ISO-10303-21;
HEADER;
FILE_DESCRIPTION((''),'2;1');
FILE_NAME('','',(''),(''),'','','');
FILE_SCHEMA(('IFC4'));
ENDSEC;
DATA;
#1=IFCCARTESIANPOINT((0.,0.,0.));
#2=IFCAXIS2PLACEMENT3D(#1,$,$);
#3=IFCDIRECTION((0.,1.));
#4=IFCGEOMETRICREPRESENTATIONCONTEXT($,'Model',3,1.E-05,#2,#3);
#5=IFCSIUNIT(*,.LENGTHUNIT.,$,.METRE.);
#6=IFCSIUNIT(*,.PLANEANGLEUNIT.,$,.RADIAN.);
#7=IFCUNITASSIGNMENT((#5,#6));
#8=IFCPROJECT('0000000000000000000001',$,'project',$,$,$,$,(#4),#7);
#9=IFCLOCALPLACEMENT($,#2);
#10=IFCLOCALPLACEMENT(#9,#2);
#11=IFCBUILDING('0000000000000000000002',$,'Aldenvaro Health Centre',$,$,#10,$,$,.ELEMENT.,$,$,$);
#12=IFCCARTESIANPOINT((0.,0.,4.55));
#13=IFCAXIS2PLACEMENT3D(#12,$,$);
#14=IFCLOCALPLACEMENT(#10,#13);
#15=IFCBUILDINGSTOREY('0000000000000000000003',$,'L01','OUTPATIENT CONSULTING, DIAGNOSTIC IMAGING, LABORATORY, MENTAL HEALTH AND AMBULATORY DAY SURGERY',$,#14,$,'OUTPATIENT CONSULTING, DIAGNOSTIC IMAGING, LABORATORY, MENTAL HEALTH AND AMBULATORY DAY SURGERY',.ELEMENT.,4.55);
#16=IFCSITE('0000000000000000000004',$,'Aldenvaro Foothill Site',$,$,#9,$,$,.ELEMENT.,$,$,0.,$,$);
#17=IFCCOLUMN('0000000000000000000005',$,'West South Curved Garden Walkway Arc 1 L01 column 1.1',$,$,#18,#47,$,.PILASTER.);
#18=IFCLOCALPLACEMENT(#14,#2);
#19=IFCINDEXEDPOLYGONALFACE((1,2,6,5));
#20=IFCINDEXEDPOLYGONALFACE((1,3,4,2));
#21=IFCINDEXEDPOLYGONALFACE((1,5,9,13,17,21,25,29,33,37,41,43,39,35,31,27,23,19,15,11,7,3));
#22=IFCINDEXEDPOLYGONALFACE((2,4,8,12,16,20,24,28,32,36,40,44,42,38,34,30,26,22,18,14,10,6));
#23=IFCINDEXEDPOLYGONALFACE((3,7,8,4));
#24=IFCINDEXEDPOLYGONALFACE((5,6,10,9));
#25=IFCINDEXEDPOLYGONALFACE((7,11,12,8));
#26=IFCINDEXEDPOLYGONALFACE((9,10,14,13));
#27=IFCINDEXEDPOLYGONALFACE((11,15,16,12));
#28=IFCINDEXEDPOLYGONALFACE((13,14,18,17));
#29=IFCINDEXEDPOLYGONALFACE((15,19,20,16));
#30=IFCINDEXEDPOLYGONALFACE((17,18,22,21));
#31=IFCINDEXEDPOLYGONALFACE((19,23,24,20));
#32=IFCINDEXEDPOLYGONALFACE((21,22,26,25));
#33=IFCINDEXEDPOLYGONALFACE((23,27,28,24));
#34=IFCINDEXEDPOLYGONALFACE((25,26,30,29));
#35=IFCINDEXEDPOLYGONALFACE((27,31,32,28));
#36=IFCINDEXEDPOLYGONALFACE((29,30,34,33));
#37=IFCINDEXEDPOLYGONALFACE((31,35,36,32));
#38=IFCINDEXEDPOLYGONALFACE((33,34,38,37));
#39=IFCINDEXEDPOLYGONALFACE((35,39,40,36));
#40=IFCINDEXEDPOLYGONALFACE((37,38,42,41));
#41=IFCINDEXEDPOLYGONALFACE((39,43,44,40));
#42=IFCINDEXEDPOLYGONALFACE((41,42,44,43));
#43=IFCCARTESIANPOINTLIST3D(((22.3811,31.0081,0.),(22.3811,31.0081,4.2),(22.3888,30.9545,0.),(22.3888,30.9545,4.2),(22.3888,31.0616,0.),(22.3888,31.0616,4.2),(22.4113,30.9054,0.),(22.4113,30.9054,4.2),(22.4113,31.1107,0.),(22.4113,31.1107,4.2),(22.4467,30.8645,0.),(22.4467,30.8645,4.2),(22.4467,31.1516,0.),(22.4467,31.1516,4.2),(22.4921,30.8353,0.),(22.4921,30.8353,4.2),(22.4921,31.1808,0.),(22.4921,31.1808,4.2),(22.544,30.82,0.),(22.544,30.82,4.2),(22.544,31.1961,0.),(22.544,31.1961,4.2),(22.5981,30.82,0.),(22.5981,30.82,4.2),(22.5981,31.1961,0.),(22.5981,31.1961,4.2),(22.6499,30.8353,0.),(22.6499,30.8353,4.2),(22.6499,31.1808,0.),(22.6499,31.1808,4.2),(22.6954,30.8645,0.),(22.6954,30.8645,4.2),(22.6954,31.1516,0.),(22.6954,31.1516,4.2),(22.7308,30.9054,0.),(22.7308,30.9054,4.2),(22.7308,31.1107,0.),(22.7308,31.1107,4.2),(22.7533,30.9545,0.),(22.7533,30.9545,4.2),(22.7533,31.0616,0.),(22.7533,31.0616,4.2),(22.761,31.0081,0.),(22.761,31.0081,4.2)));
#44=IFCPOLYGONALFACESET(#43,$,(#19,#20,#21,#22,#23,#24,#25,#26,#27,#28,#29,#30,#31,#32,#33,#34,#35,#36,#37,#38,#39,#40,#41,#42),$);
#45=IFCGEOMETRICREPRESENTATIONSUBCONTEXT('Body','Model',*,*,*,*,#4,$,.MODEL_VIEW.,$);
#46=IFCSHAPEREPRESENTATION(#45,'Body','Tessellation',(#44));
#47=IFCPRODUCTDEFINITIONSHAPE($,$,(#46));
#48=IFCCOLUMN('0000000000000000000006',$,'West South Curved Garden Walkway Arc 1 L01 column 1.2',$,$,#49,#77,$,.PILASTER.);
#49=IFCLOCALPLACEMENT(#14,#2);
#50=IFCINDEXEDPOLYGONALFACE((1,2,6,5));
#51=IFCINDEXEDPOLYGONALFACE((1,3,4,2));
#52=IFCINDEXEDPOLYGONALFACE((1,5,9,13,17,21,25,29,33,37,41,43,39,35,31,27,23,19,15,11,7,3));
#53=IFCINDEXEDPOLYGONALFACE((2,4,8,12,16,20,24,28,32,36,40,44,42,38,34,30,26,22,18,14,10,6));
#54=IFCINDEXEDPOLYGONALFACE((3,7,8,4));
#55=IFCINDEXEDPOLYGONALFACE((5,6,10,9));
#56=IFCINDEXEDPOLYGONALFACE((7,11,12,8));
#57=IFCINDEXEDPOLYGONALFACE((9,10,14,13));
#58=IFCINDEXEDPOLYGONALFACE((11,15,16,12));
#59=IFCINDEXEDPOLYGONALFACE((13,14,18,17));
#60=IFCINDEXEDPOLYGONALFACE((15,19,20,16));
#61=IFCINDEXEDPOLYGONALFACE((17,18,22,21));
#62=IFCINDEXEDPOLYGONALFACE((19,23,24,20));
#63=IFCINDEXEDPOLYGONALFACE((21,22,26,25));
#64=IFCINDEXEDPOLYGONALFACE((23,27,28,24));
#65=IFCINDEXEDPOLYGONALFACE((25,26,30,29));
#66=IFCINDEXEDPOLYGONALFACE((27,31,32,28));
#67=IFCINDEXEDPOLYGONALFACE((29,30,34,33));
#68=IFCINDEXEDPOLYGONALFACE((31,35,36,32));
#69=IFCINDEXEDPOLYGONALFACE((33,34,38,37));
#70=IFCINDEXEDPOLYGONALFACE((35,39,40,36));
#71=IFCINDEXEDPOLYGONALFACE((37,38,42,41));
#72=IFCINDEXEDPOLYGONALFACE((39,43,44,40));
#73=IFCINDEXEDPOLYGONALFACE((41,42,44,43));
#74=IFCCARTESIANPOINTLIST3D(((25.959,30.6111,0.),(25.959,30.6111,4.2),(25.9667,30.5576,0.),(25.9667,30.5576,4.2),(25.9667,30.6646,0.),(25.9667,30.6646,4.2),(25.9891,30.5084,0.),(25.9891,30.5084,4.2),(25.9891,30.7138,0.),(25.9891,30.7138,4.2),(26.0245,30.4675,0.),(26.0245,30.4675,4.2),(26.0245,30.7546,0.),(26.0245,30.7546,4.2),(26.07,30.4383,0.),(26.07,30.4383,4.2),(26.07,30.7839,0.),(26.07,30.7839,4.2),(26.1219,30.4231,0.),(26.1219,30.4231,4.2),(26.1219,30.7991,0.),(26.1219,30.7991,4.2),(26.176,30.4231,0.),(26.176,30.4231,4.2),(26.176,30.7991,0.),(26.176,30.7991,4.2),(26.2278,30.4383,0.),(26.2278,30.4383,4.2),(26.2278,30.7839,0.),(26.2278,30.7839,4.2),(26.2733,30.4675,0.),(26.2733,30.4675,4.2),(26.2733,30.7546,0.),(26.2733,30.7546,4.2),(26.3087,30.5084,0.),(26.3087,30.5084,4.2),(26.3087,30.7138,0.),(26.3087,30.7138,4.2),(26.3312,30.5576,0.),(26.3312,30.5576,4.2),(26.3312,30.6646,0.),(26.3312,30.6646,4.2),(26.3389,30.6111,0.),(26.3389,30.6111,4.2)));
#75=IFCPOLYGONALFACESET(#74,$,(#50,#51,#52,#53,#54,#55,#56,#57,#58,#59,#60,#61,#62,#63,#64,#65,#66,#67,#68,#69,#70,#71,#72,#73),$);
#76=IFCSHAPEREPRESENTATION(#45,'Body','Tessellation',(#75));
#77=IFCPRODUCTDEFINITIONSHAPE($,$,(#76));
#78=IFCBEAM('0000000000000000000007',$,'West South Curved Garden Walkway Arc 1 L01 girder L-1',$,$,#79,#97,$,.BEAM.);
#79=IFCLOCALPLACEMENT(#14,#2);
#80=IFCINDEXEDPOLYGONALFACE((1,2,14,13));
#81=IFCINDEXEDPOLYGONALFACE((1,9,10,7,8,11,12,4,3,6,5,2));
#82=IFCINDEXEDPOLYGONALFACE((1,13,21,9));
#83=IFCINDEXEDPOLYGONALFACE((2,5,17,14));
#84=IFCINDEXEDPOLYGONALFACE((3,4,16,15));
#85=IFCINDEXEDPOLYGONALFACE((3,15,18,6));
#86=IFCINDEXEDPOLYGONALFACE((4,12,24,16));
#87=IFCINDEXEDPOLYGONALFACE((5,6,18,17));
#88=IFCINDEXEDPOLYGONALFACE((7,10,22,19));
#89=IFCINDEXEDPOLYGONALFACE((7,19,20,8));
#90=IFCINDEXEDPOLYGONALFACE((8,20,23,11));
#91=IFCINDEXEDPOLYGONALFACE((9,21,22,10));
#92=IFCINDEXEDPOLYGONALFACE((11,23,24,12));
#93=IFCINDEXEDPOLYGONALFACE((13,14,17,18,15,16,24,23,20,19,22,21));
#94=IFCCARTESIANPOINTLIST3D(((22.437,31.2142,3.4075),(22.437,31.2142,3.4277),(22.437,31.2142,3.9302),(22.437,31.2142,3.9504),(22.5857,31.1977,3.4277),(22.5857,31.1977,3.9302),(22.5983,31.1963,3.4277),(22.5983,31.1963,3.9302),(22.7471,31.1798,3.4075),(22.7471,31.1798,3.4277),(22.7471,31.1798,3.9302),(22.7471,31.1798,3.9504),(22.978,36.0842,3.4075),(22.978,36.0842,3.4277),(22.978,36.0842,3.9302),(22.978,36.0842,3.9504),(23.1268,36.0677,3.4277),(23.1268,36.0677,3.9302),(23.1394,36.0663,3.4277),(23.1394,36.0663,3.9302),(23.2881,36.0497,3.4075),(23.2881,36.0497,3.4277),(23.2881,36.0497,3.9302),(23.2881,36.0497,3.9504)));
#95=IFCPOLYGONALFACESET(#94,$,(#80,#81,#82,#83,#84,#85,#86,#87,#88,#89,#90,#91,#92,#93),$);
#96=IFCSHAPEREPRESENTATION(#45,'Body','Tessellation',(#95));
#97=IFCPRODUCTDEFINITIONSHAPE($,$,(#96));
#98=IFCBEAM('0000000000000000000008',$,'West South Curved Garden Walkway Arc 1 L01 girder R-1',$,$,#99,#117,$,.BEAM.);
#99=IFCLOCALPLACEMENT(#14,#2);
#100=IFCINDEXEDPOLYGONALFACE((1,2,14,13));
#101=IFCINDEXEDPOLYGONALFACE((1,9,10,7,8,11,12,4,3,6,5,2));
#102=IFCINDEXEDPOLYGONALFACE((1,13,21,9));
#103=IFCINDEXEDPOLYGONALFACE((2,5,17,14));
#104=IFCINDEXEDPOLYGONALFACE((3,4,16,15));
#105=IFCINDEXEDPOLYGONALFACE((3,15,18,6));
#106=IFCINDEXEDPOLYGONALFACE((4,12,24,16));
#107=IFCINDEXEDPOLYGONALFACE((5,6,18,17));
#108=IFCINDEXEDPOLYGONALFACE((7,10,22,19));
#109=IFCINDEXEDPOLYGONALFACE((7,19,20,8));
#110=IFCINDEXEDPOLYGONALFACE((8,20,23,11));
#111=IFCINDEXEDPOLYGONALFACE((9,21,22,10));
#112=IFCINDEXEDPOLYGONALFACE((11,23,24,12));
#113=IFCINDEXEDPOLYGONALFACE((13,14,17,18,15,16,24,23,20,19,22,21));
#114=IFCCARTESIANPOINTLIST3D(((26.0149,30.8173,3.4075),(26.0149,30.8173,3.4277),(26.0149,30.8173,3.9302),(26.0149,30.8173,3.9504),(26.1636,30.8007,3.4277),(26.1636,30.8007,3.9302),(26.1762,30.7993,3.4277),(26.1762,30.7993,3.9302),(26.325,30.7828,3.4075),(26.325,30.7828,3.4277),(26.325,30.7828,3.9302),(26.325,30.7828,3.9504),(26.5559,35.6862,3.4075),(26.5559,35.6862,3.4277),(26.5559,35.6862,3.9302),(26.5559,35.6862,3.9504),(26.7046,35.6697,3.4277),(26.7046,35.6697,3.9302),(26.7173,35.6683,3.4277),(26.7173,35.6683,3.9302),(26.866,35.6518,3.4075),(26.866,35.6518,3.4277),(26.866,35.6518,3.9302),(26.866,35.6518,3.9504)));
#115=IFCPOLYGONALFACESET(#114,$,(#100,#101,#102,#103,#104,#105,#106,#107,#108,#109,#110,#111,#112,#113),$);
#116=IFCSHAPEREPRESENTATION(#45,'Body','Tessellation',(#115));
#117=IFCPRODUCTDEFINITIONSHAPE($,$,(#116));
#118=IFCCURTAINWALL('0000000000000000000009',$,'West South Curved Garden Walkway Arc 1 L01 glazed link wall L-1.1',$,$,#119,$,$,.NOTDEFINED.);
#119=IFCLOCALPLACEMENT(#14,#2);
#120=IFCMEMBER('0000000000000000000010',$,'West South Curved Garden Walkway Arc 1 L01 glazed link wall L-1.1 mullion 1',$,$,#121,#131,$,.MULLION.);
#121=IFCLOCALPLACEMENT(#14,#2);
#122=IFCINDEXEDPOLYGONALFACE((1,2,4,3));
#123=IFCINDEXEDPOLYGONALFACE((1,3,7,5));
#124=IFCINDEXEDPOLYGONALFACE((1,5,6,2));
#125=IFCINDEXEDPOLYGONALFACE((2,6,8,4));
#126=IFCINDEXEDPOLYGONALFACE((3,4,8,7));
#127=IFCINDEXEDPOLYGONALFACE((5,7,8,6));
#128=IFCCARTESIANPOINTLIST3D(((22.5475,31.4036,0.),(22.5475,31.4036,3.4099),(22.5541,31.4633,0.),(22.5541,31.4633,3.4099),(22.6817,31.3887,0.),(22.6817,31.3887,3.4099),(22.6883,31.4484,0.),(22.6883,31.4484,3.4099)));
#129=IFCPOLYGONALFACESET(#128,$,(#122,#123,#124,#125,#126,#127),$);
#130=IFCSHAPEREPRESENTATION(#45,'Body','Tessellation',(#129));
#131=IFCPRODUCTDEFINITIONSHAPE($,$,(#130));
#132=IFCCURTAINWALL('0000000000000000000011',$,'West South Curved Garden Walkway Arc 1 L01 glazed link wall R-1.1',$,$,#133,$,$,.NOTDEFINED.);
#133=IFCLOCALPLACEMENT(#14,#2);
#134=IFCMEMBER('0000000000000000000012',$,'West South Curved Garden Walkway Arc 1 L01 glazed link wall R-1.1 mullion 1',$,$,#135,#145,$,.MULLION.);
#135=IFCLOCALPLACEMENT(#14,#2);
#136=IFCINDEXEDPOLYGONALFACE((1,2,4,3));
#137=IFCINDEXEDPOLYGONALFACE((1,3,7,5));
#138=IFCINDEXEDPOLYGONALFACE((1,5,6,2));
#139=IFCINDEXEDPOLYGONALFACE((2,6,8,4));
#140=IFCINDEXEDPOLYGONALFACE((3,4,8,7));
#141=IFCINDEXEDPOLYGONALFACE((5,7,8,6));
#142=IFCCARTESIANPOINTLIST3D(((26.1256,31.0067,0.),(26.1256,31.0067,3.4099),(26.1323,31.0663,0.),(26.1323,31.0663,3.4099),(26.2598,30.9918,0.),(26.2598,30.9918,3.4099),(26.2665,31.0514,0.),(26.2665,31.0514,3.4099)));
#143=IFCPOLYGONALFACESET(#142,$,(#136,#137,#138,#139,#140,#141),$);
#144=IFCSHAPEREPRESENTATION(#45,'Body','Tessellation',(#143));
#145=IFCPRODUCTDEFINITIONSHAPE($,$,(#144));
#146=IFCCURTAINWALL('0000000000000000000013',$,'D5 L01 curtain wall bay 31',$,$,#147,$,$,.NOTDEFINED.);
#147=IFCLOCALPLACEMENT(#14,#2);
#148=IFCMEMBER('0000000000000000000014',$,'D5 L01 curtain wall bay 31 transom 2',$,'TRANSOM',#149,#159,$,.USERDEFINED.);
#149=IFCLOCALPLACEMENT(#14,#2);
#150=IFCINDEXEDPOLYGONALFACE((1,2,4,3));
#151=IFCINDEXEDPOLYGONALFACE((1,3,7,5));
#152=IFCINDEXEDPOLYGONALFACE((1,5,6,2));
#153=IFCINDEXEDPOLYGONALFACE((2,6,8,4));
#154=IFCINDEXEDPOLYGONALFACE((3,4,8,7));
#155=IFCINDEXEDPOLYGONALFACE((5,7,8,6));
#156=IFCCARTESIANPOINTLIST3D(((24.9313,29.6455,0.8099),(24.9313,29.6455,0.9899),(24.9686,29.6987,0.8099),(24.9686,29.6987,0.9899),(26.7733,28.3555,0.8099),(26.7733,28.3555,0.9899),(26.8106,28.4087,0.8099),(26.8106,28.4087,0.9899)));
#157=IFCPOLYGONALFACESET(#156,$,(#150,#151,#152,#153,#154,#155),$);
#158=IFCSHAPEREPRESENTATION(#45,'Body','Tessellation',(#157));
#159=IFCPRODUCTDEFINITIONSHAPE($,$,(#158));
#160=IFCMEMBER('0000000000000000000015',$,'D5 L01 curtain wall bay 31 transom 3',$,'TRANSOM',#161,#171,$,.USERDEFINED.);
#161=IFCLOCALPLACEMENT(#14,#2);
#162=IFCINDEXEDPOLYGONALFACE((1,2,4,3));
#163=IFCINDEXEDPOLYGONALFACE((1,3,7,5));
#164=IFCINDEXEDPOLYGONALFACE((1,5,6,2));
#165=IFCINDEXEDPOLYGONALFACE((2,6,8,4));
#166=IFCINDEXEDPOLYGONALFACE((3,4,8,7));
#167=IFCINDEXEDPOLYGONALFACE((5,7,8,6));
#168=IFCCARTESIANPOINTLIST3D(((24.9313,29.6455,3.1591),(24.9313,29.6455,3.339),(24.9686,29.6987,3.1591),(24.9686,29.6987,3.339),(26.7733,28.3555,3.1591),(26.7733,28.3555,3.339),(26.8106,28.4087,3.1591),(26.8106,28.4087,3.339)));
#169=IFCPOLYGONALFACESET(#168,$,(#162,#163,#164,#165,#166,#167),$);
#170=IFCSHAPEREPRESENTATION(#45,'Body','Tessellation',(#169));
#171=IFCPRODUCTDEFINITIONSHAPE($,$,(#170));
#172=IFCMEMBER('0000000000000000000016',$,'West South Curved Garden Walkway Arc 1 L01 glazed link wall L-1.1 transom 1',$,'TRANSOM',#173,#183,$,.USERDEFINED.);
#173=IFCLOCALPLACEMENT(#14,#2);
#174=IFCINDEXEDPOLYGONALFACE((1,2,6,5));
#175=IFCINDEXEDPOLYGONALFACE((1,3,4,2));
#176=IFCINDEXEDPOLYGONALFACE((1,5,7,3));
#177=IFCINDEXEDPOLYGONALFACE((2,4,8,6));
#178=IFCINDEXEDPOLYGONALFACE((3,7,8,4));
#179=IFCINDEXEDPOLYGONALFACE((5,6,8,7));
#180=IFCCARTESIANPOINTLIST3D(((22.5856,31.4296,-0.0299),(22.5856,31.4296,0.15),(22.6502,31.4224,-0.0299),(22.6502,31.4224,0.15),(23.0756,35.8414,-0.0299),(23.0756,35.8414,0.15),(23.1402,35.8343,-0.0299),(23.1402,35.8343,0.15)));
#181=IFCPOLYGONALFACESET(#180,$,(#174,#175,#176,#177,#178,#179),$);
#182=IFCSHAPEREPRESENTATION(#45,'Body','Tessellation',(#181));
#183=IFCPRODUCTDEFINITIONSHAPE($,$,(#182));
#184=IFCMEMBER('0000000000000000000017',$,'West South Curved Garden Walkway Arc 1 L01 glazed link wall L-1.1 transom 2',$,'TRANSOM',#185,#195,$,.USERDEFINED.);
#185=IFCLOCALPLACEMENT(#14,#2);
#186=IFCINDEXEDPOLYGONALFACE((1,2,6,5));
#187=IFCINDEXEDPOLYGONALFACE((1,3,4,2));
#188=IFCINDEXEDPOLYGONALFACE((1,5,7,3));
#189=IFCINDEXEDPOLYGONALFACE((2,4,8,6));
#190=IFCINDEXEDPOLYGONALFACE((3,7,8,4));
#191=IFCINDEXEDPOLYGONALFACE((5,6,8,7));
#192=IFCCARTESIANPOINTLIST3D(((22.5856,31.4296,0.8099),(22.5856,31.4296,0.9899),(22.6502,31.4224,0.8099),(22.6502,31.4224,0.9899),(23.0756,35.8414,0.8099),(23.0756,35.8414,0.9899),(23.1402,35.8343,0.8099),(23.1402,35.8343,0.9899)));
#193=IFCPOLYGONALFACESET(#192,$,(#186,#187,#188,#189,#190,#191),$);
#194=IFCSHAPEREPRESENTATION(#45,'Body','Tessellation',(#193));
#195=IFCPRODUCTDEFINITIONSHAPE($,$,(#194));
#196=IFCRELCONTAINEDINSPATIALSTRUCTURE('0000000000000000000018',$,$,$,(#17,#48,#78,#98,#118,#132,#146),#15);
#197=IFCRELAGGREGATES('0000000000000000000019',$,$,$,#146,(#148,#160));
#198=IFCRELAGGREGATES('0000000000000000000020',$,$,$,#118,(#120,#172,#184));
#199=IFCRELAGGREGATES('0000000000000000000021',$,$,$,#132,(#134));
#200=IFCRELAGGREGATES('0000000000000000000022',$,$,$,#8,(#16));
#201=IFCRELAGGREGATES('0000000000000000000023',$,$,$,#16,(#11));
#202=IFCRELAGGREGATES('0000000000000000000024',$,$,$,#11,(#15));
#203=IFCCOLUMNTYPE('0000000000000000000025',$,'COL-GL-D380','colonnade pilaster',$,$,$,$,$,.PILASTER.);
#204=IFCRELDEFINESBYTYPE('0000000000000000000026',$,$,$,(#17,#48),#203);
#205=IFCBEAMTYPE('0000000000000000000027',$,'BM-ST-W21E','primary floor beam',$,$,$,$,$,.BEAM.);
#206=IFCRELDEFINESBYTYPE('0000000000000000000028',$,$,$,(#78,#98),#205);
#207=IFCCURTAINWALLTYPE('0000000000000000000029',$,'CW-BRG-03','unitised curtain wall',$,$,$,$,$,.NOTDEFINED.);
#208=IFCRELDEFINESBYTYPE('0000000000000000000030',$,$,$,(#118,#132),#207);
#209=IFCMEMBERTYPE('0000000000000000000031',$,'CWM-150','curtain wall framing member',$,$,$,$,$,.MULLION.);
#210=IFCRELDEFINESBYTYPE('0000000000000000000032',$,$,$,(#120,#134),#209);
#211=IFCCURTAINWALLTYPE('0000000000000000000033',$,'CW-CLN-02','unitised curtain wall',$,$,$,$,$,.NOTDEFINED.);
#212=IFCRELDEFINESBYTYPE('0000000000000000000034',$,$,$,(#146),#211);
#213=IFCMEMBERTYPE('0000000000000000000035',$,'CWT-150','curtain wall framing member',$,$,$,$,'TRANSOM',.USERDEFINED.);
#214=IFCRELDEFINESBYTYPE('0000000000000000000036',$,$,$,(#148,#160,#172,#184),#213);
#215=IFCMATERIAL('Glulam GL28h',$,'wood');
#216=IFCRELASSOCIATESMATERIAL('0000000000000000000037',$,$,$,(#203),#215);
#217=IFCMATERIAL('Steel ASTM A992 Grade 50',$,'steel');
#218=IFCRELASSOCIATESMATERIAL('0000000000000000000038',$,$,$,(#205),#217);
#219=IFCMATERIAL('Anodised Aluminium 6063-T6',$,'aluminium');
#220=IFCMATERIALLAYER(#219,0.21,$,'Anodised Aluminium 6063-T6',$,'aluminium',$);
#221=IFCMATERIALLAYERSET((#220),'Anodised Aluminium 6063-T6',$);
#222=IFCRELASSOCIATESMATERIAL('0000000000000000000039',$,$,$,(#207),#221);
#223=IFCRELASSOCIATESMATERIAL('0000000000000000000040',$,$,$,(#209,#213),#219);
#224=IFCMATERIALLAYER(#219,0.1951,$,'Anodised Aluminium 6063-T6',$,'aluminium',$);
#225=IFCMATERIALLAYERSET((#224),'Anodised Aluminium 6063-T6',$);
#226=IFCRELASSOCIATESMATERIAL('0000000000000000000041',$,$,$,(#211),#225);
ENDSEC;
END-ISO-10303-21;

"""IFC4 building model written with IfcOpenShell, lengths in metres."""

from ifc_helpers import new_model, si_unit, direction, frame, origin, origin_2d, place, context, subcontext, project, spatial, rectangle, circle, i_section, extrude, material, layer, layer_set, material_profile, profile_set, type_object, element, aggregate, save


model = new_model("IFC4")

# Units and contexts
model_context = context("Model", 3, precision=1e-05, world=origin(), true_north=direction((0.0, 1.0)))
body_context = subcontext(model_context, "Body", "Model", "MODEL_VIEW")
ifc_project = project(units=[si_unit("LENGTHUNIT", "METRE"), si_unit("PLANEANGLEUNIT", "RADIAN")], contexts=[model_context])

# Site, building, storey
site_placement = place(None, origin())
site = spatial("IfcSite", under=ifc_project, at=site_placement, Name="Aldenvaro Foothill Site", CompositionType="ELEMENT", RefElevation=0.0)
building_placement = place(site_placement, origin())
building = spatial("IfcBuilding", under=site, at=building_placement, Name="Aldenvaro Health Centre", CompositionType="ELEMENT")
storey_placement = place(building_placement, frame((0.0, 0.0, 4.55)))
storey = spatial("IfcBuildingStorey", under=building, at=storey_placement, Name="L01", Description="OUTPATIENT CONSULTING, DIAGNOSTIC IMAGING, LABORATORY, MENTAL HEALTH AND AMBULATORY DAY SURGERY", LongName="OUTPATIENT CONSULTING, DIAGNOSTIC IMAGING, LABORATORY, MENTAL HEALTH AND AMBULATORY DAY SURGERY", CompositionType="ELEMENT", Elevation=4.55)

# Columns
ifc_material_1 = material(Name="Glulam GL28h", Category="wood")
ifc_material_profile_1 = material_profile(ifc_material_1, circle(Radius=0.1899, at=origin_2d()), Name="GL D380", Category="wood")
ifc_profile_set_1 = profile_set([ifc_material_profile_1], Name="Glulam GL28h")
column_type = type_object("IfcColumnType", Name="COL-GL-D380", Description="colonnade pilaster", PredefinedType="PILASTER", material=ifc_profile_set_1)
for number, where, z_axis, x_axis, name in (
    (1, (22.571, 31.0081, 0.0), (0.0, 0.0, 1.0), (1.0, 0.0, 0.0), "West South Curved Garden Walkway Arc 1 L01 column 1.1"),
    (2, (26.1489, 30.6111, 0.0), (0.0, 0.0, 1.0), (1.0, 0.0, 0.0), "West South Curved Garden Walkway Arc 1 L01 column 1.2"),
):
    element("IfcColumn", number, at=place(storey_placement, frame(where, z_axis=z_axis, x_axis=x_axis)), inside=storey, type_object=column_type, Name=name, PredefinedType="PILASTER", context=body_context, shape_type="SweptSolid", body=[
        extrude(circle(Radius=0.1899, at=origin_2d()), origin(), (0.0, 0.0, 1.0), 4.2),
    ])

# Beams
ifc_material_2 = material(Name="Steel ASTM A992 Grade 50", Category="steel")
ifc_material_profile_2 = material_profile(ifc_material_2, i_section(OverallWidth=0.312, OverallDepth=0.543, WebThickness=0.0127, FlangeThickness=0.0203, at=origin_2d()), Name="W21X101", Category="steel")
ifc_profile_set_2 = profile_set([ifc_material_profile_2], Name="Steel ASTM A992 Grade 50")
beam_type = type_object("IfcBeamType", Name="BM-ST-W21E", Description="primary floor beam", PredefinedType="BEAM", material=ifc_profile_set_2)
beam_1_placement = place(storey_placement, frame((22.592, 31.197, 3.679), z_axis=(0.110415, 0.993886, 0.0), x_axis=(-0.993886, 0.110415, 0.0)))
element("IfcBeam", 3, at=beam_1_placement, inside=storey, type_object=beam_type, Name="West South Curved Garden Walkway Arc 1 L01 girder L-1", PredefinedType="BEAM", context=body_context, shape_type="SweptSolid", body=[
    extrude(i_section(OverallWidth=0.312, OverallDepth=0.543, WebThickness=0.0127, FlangeThickness=0.0203, at=origin_2d()), origin(), (0.0, 0.0, 1.0), 4.8999),
])
beam_2_placement = place(storey_placement, frame((26.1699, 30.8, 3.679), z_axis=(0.110437, 0.993883, 0.0), x_axis=(-0.993883, 0.110437, 0.0)))
element("IfcBeam", 4, at=beam_2_placement, inside=storey, type_object=beam_type, Name="West South Curved Garden Walkway Arc 1 L01 girder R-1", PredefinedType="BEAM", context=body_context, shape_type="SweptSolid", body=[
    extrude(i_section(OverallWidth=0.312, OverallDepth=0.543, WebThickness=0.0127, FlangeThickness=0.0203, at=origin_2d()), origin(), (0.0, 0.0, 1.0), 4.8989),
])

# Curtain walls, members
ifc_material_3 = material(Name="Anodised Aluminium 6063-T6", Category="aluminium")
ifc_layer_1 = layer(ifc_material_3, 0.21, Name="Anodised Aluminium 6063-T6", Category="aluminium")
ifc_layer_set_1 = layer_set([ifc_layer_1], Name="Anodised Aluminium 6063-T6")
curtain_wall_type_1 = type_object("IfcCurtainWallType", Name="CW-BRG-03", Description="unitised curtain wall", PredefinedType="NOTDEFINED", material=ifc_layer_set_1)
curtain_wall_1_placement = place(storey_placement, origin())
curtain_wall_1 = element("IfcCurtainWall", 5, at=curtain_wall_1_placement, inside=storey, type_object=curtain_wall_type_1, Name="West South Curved Garden Walkway Arc 1 L01 glazed link wall L-1.1", PredefinedType="NOTDEFINED")
ifc_material_profile_3 = material_profile(ifc_material_3, rectangle(XDim=0.0601, YDim=0.135, at=origin_2d()), Name="ALU 60x135", Category="aluminium")
ifc_profile_set_3 = profile_set([ifc_material_profile_3], Name="Anodised Aluminium 6063-T6")
member_type_1 = type_object("IfcMemberType", Name="CWM-150", Description="curtain wall framing member", PredefinedType="MULLION", material=ifc_profile_set_3)
member_1_placement = place(storey_placement, frame((22.6179, 31.426, 0.0), z_axis=(0.0, 0.0, 1.0), x_axis=(0.110382, 0.993889, 0.0)))
member_1 = element("IfcMember", 6, at=member_1_placement, type_object=member_type_1, Name="West South Curved Garden Walkway Arc 1 L01 glazed link wall L-1.1 mullion 1", PredefinedType="MULLION", context=body_context, shape_type="SweptSolid", body=[
    extrude(rectangle(XDim=0.0601, YDim=0.135, at=origin_2d()), origin(), (0.0, 0.0, 1.0), 3.4099),
])
curtain_wall_2_placement = place(storey_placement, origin())
curtain_wall_2 = element("IfcCurtainWall", 7, at=curtain_wall_2_placement, inside=storey, type_object=curtain_wall_type_1, Name="West South Curved Garden Walkway Arc 1 L01 glazed link wall R-1.1", PredefinedType="NOTDEFINED")
member_2_placement = place(storey_placement, frame((26.196, 31.0291, 0.0), z_axis=(0.0, 0.0, 1.0), x_axis=(0.110382, 0.993889, 0.0)))
member_2 = element("IfcMember", 8, at=member_2_placement, type_object=member_type_1, Name="West South Curved Garden Walkway Arc 1 L01 glazed link wall R-1.1 mullion 1", PredefinedType="MULLION", context=body_context, shape_type="SweptSolid", body=[
    extrude(rectangle(XDim=0.0601, YDim=0.135, at=origin_2d()), origin(), (0.0, 0.0, 1.0), 3.4099),
])

# Curtain wall, members
ifc_layer_2 = layer(ifc_material_3, 0.1951, Name="Anodised Aluminium 6063-T6", Category="aluminium")
ifc_layer_set_2 = layer_set([ifc_layer_2], Name="Anodised Aluminium 6063-T6")
curtain_wall_type_2 = type_object("IfcCurtainWallType", Name="CW-CLN-02", Description="unitised curtain wall", PredefinedType="NOTDEFINED", material=ifc_layer_set_2)
curtain_wall_3_placement = place(storey_placement, origin())
curtain_wall_3 = element("IfcCurtainWall", 9, at=curtain_wall_3_placement, inside=storey, type_object=curtain_wall_type_2, Name="D5 L01 curtain wall bay 31", PredefinedType="NOTDEFINED")
ifc_material_profile_4 = material_profile(ifc_material_3, rectangle(XDim=0.0649, YDim=0.1799, at=origin_2d()), Name="ALU 65x180", Category="aluminium")
ifc_profile_set_4 = profile_set([ifc_material_profile_4], Name="Anodised Aluminium 6063-T6")
member_type_2 = type_object("IfcMemberType", Name="CWT-150", Description="curtain wall framing member", ElementType="TRANSOM", PredefinedType="USERDEFINED", material=ifc_profile_set_4)
member_3_placement = place(storey_placement, frame((24.95, 29.6721, 0.8999), z_axis=(0.819104, -0.573644, 0.0), x_axis=(0.573644, 0.819104, 0.0)))
member_3 = element("IfcMember", 10, at=member_3_placement, type_object=member_type_2, Name="D5 L01 curtain wall bay 31 transom 2", ObjectType="TRANSOM", PredefinedType="USERDEFINED", context=body_context, shape_type="SweptSolid", body=[
    extrude(rectangle(XDim=0.0649, YDim=0.1799, at=origin_2d()), origin(), (0.0, 0.0, 1.0), 2.2488),
])
member_4_placement = place(storey_placement, frame((24.95, 29.6721, 3.249), z_axis=(0.819104, -0.573644, 0.0), x_axis=(0.573644, 0.819104, 0.0)))
member_4 = element("IfcMember", 11, at=member_4_placement, type_object=member_type_2, Name="D5 L01 curtain wall bay 31 transom 3", ObjectType="TRANSOM", PredefinedType="USERDEFINED", context=body_context, shape_type="SweptSolid", body=[
    extrude(rectangle(XDim=0.0649, YDim=0.1799, at=origin_2d()), origin(), (0.0, 0.0, 1.0), 2.2488),
])
aggregate(curtain_wall_3, [member_3, member_4])

# Members
member_5_placement = place(storey_placement, frame((22.6179, 31.426, 0.0601), z_axis=(0.110383, 0.993889, 0.0), x_axis=(-0.993889, 0.110383, 0.0)))
member_5 = element("IfcMember", 12, at=member_5_placement, type_object=member_type_2, Name="West South Curved Garden Walkway Arc 1 L01 glazed link wall L-1.1 transom 1", ObjectType="TRANSOM", PredefinedType="USERDEFINED", context=body_context, shape_type="SweptSolid", body=[
    extrude(rectangle(XDim=0.0649, YDim=0.1799, at=origin_2d()), origin(), (0.0, 0.0, 1.0), 4.439),
])
member_6_placement = place(storey_placement, frame((22.6179, 31.426, 0.8999), z_axis=(0.110383, 0.993889, 0.0), x_axis=(-0.993889, 0.110383, 0.0)))
member_6 = element("IfcMember", 13, at=member_6_placement, type_object=member_type_2, Name="West South Curved Garden Walkway Arc 1 L01 glazed link wall L-1.1 transom 2", ObjectType="TRANSOM", PredefinedType="USERDEFINED", context=body_context, shape_type="SweptSolid", body=[
    extrude(rectangle(XDim=0.0649, YDim=0.1799, at=origin_2d()), origin(), (0.0, 0.0, 1.0), 4.439),
])

aggregate(curtain_wall_1, [member_1, member_5, member_6])
aggregate(curtain_wall_2, [member_2])

save(model, "model.ifc")
